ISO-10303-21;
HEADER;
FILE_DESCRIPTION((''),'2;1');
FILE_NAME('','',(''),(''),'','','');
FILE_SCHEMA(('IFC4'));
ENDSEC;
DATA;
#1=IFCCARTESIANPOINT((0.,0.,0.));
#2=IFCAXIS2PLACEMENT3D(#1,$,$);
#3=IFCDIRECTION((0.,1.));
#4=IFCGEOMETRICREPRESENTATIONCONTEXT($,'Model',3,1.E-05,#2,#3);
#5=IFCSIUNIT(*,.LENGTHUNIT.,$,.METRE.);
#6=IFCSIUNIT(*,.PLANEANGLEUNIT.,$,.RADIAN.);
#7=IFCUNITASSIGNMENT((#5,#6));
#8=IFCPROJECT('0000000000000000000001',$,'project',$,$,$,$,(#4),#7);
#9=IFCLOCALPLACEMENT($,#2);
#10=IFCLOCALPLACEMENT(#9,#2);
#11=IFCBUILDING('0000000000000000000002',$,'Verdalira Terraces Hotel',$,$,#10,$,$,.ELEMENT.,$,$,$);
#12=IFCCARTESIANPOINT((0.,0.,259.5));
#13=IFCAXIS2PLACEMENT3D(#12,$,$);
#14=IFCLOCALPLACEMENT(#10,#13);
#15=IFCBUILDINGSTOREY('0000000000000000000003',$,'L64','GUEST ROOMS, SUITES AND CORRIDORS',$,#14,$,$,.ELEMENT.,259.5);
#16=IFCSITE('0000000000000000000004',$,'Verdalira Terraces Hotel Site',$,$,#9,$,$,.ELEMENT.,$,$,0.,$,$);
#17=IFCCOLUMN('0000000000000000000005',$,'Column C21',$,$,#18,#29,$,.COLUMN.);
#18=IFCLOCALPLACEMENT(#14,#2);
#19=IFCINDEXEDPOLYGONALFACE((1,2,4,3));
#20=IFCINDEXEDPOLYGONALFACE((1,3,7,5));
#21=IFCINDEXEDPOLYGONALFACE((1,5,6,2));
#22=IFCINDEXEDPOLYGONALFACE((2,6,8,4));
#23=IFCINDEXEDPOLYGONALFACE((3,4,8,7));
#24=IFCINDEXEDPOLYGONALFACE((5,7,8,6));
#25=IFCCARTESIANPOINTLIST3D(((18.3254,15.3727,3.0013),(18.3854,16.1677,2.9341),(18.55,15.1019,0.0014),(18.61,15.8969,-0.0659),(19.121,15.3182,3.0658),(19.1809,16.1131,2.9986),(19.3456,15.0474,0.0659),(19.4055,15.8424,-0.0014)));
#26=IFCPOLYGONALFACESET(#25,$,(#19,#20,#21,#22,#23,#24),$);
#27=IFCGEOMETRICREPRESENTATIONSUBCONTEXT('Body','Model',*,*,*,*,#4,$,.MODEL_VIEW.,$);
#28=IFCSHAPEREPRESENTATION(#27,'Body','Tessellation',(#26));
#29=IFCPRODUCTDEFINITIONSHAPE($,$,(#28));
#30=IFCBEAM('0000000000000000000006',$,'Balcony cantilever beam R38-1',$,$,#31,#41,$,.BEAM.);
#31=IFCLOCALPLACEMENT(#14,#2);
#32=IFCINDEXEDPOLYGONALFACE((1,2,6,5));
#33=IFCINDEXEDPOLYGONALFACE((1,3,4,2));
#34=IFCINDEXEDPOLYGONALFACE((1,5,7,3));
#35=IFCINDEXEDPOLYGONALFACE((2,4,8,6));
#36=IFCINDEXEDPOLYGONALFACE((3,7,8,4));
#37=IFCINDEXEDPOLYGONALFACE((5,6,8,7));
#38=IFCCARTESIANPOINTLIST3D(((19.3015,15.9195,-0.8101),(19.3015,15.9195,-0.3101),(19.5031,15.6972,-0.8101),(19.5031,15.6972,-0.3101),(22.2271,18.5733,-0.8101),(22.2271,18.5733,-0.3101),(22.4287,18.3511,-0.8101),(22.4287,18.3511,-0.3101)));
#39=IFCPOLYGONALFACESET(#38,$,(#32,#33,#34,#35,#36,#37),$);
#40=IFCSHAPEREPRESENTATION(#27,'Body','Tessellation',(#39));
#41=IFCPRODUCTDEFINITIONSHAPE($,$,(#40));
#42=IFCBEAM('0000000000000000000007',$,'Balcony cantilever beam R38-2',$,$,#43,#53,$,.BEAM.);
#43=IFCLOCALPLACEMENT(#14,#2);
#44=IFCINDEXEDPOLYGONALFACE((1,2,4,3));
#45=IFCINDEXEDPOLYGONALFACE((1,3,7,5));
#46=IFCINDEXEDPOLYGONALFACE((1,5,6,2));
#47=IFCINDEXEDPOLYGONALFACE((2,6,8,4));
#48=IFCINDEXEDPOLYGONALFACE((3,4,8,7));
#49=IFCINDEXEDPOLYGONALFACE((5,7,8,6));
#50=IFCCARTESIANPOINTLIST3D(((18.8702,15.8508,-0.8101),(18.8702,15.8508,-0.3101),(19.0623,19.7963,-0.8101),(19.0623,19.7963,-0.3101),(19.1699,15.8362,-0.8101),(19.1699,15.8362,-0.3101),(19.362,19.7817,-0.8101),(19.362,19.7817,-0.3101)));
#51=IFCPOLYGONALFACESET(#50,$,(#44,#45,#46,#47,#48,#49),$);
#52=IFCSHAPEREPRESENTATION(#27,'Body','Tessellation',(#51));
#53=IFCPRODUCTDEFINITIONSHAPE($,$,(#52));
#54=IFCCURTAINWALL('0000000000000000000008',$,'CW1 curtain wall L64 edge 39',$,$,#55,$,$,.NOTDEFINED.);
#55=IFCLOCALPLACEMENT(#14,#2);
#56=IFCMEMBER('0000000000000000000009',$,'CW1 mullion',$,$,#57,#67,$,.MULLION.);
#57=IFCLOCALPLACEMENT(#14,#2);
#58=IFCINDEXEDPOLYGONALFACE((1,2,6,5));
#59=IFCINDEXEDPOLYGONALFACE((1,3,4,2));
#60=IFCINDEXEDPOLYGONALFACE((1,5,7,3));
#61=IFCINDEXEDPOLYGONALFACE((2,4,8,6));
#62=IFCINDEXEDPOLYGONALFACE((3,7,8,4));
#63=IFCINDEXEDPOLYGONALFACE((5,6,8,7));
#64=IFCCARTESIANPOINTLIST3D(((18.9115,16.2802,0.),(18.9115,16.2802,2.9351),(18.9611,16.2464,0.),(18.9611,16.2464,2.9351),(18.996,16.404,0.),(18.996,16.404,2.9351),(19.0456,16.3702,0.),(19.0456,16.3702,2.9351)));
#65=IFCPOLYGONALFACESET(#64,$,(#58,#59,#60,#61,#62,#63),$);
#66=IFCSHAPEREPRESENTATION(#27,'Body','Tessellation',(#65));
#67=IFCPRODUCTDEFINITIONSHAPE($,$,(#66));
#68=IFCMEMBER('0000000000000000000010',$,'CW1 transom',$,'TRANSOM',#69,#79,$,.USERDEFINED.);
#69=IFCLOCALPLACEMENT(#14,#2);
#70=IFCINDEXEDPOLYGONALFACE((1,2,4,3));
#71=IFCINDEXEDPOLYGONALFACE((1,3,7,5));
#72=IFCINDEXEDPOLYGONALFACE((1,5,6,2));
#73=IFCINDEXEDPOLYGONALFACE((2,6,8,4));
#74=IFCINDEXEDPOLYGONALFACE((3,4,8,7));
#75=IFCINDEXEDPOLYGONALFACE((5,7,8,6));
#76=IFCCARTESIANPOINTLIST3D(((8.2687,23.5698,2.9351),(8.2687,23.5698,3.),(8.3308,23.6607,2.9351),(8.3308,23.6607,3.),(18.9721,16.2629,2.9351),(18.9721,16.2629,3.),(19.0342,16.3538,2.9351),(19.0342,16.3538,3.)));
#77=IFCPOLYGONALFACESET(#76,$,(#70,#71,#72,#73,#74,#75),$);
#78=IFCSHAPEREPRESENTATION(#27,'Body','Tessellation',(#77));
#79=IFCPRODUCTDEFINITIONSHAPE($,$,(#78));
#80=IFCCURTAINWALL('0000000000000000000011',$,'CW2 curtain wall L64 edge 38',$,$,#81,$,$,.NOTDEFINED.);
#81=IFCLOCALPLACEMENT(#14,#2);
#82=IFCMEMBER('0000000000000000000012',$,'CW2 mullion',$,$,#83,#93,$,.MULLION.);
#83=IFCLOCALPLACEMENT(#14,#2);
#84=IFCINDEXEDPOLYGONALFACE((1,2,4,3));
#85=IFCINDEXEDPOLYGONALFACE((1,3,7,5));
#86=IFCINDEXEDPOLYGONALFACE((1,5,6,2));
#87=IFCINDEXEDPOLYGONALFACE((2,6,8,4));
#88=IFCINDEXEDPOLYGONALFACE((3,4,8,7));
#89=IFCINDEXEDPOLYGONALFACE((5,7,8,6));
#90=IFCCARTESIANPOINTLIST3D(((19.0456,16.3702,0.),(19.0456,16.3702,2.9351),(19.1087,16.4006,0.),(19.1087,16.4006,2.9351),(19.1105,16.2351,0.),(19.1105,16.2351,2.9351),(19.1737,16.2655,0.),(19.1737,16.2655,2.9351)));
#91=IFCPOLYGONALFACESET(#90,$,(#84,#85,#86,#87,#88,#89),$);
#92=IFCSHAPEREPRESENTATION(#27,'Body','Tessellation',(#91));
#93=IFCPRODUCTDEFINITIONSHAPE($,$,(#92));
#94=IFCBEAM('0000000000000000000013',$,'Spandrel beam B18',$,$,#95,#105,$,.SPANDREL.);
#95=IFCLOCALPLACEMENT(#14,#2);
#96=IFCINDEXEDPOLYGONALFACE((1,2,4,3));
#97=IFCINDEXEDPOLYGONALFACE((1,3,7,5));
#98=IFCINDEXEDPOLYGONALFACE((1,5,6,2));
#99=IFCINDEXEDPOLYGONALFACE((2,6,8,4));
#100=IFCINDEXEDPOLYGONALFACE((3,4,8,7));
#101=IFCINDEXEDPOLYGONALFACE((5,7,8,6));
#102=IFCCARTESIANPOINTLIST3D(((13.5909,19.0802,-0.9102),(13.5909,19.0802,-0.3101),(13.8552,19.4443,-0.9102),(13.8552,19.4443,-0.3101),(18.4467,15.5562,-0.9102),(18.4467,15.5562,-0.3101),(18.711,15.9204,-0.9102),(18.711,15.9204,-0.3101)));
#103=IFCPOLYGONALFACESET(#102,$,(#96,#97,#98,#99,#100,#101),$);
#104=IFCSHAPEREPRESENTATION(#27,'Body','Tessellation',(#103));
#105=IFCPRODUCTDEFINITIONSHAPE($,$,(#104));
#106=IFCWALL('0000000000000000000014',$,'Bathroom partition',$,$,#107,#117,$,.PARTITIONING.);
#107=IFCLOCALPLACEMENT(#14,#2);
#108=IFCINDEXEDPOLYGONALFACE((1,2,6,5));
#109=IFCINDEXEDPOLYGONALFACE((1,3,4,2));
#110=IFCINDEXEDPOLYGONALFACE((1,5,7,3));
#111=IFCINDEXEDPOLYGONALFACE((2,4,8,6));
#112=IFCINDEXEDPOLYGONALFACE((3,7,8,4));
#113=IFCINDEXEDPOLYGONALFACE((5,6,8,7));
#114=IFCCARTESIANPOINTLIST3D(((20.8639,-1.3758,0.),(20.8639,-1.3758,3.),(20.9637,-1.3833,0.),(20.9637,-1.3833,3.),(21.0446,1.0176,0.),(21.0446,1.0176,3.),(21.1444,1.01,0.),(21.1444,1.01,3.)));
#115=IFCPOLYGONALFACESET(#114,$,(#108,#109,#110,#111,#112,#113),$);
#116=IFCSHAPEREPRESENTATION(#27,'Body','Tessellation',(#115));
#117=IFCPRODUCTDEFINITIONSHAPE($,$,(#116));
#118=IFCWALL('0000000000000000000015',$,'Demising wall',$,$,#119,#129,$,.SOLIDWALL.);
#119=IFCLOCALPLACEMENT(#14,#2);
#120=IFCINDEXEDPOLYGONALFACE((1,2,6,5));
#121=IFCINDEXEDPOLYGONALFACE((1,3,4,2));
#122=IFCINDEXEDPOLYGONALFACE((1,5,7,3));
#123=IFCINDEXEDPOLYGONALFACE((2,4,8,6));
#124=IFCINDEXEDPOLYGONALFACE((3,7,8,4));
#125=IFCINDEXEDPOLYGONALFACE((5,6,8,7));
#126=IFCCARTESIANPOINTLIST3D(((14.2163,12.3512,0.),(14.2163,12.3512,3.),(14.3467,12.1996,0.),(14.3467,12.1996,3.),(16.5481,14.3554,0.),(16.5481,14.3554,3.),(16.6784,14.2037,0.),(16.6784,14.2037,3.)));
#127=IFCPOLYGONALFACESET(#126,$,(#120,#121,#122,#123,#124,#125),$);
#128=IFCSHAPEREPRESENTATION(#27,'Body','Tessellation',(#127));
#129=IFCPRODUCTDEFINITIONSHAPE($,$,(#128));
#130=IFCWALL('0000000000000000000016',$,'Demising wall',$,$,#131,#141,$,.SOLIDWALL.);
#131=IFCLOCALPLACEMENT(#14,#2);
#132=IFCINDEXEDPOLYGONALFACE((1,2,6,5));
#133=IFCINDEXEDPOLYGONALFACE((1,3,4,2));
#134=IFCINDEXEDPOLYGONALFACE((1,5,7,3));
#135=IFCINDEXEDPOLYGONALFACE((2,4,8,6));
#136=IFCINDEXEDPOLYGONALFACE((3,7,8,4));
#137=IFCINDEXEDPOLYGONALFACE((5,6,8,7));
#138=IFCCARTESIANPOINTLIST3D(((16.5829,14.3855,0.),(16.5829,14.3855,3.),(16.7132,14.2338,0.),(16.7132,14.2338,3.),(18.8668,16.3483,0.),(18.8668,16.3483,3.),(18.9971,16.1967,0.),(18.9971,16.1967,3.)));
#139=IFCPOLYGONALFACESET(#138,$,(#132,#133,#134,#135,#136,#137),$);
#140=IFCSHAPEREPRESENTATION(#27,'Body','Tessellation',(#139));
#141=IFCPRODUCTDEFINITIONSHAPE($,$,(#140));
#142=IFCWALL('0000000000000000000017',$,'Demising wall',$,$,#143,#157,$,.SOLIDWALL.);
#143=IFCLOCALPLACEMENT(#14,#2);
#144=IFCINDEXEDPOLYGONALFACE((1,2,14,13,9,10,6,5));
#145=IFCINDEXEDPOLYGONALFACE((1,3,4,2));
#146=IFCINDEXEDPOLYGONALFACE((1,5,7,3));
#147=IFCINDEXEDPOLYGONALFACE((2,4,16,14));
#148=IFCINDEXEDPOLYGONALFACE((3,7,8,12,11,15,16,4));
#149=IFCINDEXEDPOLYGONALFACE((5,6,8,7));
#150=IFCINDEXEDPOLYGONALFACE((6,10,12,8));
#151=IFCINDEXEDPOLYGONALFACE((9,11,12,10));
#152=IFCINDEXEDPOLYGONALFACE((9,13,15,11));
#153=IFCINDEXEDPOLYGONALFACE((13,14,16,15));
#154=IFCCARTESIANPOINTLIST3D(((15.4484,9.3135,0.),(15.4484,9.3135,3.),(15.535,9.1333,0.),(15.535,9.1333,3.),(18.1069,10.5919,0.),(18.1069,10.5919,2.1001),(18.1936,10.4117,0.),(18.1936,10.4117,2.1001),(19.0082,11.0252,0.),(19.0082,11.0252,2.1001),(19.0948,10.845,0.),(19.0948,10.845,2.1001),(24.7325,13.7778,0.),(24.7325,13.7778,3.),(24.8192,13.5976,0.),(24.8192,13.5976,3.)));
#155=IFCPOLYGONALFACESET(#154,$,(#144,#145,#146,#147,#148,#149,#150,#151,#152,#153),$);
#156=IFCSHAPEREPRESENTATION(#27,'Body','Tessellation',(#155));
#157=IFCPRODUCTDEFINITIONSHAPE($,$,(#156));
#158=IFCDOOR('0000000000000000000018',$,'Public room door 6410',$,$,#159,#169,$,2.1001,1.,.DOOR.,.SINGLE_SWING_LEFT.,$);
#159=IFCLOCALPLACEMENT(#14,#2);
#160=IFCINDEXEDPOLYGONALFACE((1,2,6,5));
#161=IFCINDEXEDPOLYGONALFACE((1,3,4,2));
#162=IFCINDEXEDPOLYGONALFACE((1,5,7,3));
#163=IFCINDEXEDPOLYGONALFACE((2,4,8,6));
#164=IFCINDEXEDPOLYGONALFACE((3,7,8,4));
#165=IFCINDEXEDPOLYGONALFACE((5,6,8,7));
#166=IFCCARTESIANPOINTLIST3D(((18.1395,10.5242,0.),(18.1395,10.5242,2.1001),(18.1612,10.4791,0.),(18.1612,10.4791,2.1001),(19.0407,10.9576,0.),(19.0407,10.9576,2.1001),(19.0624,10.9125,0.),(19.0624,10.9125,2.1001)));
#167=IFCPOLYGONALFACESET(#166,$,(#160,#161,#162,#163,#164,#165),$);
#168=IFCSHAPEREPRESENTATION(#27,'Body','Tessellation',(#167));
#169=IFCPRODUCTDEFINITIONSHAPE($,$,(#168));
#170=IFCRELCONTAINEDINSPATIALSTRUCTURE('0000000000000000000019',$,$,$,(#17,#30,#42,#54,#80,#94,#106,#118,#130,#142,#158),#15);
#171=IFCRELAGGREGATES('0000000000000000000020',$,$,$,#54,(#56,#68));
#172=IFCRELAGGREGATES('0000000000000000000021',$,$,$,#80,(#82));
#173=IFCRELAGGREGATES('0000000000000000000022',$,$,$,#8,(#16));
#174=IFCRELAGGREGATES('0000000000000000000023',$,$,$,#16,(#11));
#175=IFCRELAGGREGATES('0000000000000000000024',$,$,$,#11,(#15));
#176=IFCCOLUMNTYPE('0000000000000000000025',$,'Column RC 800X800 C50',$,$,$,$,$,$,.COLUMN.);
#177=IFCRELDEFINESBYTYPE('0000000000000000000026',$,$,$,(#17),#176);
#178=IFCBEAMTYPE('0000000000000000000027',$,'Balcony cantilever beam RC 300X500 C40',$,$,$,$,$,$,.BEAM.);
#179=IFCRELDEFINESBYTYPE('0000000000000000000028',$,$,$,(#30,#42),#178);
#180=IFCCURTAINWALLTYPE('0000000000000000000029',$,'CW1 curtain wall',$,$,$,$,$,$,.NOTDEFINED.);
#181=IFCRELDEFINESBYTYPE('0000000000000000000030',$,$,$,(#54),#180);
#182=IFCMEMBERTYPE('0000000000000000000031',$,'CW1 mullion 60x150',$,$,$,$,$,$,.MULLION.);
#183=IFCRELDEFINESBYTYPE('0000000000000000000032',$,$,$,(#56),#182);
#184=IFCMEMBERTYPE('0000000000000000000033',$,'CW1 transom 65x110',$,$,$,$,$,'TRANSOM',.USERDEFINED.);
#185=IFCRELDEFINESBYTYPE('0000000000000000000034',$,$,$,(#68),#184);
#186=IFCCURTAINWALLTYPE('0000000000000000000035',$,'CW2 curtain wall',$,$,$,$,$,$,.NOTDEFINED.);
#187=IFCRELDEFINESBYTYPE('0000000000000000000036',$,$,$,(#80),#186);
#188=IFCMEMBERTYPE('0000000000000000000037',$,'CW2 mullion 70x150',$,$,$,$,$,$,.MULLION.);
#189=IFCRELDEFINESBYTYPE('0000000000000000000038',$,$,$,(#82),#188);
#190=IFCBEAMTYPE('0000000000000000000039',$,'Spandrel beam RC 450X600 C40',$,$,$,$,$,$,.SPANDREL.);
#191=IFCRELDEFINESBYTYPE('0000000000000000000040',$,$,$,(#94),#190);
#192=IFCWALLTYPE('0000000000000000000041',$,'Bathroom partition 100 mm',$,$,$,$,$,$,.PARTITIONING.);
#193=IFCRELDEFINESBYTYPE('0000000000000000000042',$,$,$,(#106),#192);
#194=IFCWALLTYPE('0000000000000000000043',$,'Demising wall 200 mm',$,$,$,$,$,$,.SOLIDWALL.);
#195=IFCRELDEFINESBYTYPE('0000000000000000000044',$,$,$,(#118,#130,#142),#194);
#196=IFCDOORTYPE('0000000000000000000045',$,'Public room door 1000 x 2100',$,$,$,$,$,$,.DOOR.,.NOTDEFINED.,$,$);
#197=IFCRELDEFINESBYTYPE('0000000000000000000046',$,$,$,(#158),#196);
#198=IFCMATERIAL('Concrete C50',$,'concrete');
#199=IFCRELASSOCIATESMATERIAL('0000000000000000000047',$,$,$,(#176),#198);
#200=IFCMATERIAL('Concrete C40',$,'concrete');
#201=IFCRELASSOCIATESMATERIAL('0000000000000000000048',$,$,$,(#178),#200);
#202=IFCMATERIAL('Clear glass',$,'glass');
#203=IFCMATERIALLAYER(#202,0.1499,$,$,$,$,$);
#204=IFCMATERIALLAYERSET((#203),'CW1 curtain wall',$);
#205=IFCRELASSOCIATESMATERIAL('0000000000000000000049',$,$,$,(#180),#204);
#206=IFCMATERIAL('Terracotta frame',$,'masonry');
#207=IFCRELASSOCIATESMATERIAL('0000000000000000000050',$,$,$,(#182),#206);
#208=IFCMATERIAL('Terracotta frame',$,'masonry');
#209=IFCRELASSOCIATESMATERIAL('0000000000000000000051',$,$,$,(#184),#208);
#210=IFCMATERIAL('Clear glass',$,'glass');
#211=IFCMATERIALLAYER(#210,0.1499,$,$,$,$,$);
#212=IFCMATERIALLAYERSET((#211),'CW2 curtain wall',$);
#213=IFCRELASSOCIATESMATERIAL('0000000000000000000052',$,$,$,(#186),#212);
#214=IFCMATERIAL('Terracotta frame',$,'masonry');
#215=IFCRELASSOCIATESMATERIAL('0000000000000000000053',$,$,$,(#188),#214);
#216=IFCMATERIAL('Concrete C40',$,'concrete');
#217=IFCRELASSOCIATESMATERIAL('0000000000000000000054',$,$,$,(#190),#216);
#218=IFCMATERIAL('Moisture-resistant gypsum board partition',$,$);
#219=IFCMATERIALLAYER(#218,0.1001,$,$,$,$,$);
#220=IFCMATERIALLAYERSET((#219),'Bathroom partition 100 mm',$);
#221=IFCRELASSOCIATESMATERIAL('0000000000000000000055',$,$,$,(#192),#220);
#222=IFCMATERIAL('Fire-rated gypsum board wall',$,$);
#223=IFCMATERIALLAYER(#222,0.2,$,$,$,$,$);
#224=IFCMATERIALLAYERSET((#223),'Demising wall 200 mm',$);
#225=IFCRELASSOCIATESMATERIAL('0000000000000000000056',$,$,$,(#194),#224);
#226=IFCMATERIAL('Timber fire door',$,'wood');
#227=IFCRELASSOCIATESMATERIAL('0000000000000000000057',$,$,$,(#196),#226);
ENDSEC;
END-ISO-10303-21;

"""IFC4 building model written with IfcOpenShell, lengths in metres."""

from ifc_helpers import new_model, si_unit, direction, frame, frame_2d, origin, origin_2d, place, context, subcontext, project, spatial, rectangle, extrude, material, layer, layer_set, material_profile, profile_set, type_object, element, fill, aggregate, save


model = new_model("IFC4")

# Units and contexts
model_context = context("Model", 3, precision=1e-05, world=origin(), true_north=direction((0.0, 1.0)))
body_context = subcontext(model_context, "Body", "Model", "MODEL_VIEW")
ifc_project = project(units=[si_unit("LENGTHUNIT", "METRE"), si_unit("PLANEANGLEUNIT", "RADIAN")], contexts=[model_context])

# Site, building, storey
site_placement = place(None, origin())
site = spatial("IfcSite", under=ifc_project, at=site_placement, Name="Verdalira Terraces Hotel Site", CompositionType="ELEMENT", RefElevation=0.0)
building_placement = place(site_placement, origin())
building = spatial("IfcBuilding", under=site, at=building_placement, Name="Verdalira Terraces Hotel", CompositionType="ELEMENT")
storey_placement = place(building_placement, frame((0.0, 0.0, 259.5)))
storey = spatial("IfcBuildingStorey", under=building, at=storey_placement, Name="L64", Description="GUEST ROOMS, SUITES AND CORRIDORS", CompositionType="ELEMENT", Elevation=259.5)

# Column
ifc_material_1 = material(Name="Concrete C50", Category="concrete")
ifc_material_profile_1 = material_profile(ifc_material_1, rectangle(XDim=0.8, YDim=0.8, at=origin_2d()), Name="RC 800X800")
ifc_profile_set_1 = profile_set([ifc_material_profile_1], Name="Concrete C50")
column_type = type_object("IfcColumnType", Name="Column RC 800X800 C50", PredefinedType="COLUMN", material=ifc_profile_set_1)
column_placement = place(storey_placement, frame((18.9778, 15.4722, 0.0), z_axis=(-0.07436, 0.089636, 0.993195), x_axis=(0.994414, -0.068151, 0.080602)))
element("IfcColumn", 1, at=column_placement, inside=storey, type_object=column_type, Name="Column C21", PredefinedType="COLUMN", context=body_context, shape_type="SweptSolid", body=[
    extrude(rectangle(XDim=0.8, YDim=0.8, at=origin_2d()), origin(), (0.0, 0.0, 1.0), 3.0205),
])

# Beams
ifc_material_2 = material(Name="Concrete C40", Category="concrete")
ifc_material_profile_2 = material_profile(ifc_material_2, rectangle(XDim=0.3, YDim=0.5, at=origin_2d()), Name="RC 300X500")
ifc_profile_set_2 = profile_set([ifc_material_profile_2], Name="Concrete C40")
beam_type_1 = type_object("IfcBeamType", Name="Balcony cantilever beam RC 300X500 C40", PredefinedType="BEAM", material=ifc_profile_set_2)
beam_1_placement = place(storey_placement, frame((19.4023, 15.8084, -0.5601), z_axis=(0.740667, 0.671873, 0.0), x_axis=(-0.671873, 0.740667, 0.0)))
element("IfcBeam", 2, at=beam_1_placement, inside=storey, type_object=beam_type_1, Name="Balcony cantilever beam R38-1", PredefinedType="BEAM", context=body_context, shape_type="SweptSolid", body=[
    extrude(rectangle(XDim=0.3, YDim=0.5, at=origin_2d()), origin(), (0.0, 0.0, 1.0), 3.95),
])
beam_2_placement = place(storey_placement, frame((19.02, 15.8435, -0.5601), z_axis=(0.04864, 0.998816, 0.0), x_axis=(-0.998816, 0.04864, 0.0)))
element("IfcBeam", 3, at=beam_2_placement, inside=storey, type_object=beam_type_1, Name="Balcony cantilever beam R38-2", PredefinedType="BEAM", context=body_context, shape_type="SweptSolid", body=[
    extrude(rectangle(XDim=0.3, YDim=0.5, at=origin_2d()), origin(), (0.0, 0.0, 1.0), 3.9502),
])

# Curtain wall, members
ifc_material_3 = material(Name="Clear glass", Category="glass")
ifc_layer_1 = layer(ifc_material_3, 0.1499)
ifc_layer_set_1 = layer_set([ifc_layer_1], Name="CW1 curtain wall")
curtain_wall_type_1 = type_object("IfcCurtainWallType", Name="CW1 curtain wall", PredefinedType="NOTDEFINED", material=ifc_layer_set_1)
curtain_wall_1_placement = place(storey_placement, origin())
curtain_wall_1 = element("IfcCurtainWall", 4, at=curtain_wall_1_placement, inside=storey, type_object=curtain_wall_type_1, Name="CW1 curtain wall L64 edge 39", PredefinedType="NOTDEFINED")
ifc_material_4 = material(Name="Terracotta frame", Category="masonry")
ifc_material_profile_3 = material_profile(ifc_material_4, rectangle(XDim=0.0601, YDim=0.1499, at=origin_2d()), Name="MU 60x150")
ifc_profile_set_3 = profile_set([ifc_material_profile_3], Name="Terracotta frame")
member_type_1 = type_object("IfcMemberType", Name="CW1 mullion 60x150", PredefinedType="MULLION", material=ifc_profile_set_3)
member_1_placement = place(storey_placement, frame((18.9785, 16.3252, 0.0), z_axis=(0.0, 0.0, 1.0), x_axis=(-0.825902, 0.563814, 0.0)))
member_1 = element("IfcMember", 5, at=member_1_placement, type_object=member_type_1, Name="CW1 mullion", PredefinedType="MULLION", context=body_context, shape_type="SweptSolid", body=[
    extrude(rectangle(XDim=0.0601, YDim=0.1499, at=origin_2d()), origin(), (0.0, 0.0, 1.0), 2.9351),
])
ifc_material_5 = material(Name="Terracotta frame", Category="masonry")
ifc_material_profile_4 = material_profile(ifc_material_5, rectangle(XDim=0.1101, YDim=0.0649, at=origin_2d()), Name="TR 65x110")
ifc_profile_set_4 = profile_set([ifc_material_profile_4], Name="Terracotta frame")
member_type_2 = type_object("IfcMemberType", Name="CW1 transom 65x110", ElementType="TRANSOM", PredefinedType="USERDEFINED", material=ifc_profile_set_4)
member_2_placement = place(storey_placement, frame((19.0032, 16.3084, 2.9675), z_axis=(-0.825899, 0.563818, 0.0), x_axis=(-0.563818, -0.825899, 0.0)))
member_2 = element("IfcMember", 6, at=member_2_placement, type_object=member_type_2, Name="CW1 transom", ObjectType="TRANSOM", PredefinedType="USERDEFINED", context=body_context, shape_type="SweptSolid", body=[
    extrude(rectangle(XDim=0.1101, YDim=0.0649, at=origin_2d()), origin(), (0.0, 0.0, 1.0), 12.9597),
])
aggregate(curtain_wall_1, [member_1, member_2])

# Curtain wall, member
ifc_material_6 = material(Name="Clear glass", Category="glass")
ifc_layer_2 = layer(ifc_material_6, 0.1499)
ifc_layer_set_2 = layer_set([ifc_layer_2], Name="CW2 curtain wall")
curtain_wall_type_2 = type_object("IfcCurtainWallType", Name="CW2 curtain wall", PredefinedType="NOTDEFINED", material=ifc_layer_set_2)
curtain_wall_2_placement = place(storey_placement, origin())
curtain_wall_2 = element("IfcCurtainWall", 7, at=curtain_wall_2_placement, inside=storey, type_object=curtain_wall_type_2, Name="CW2 curtain wall L64 edge 38", PredefinedType="NOTDEFINED")
ifc_material_7 = material(Name="Terracotta frame", Category="masonry")
ifc_material_profile_5 = material_profile(ifc_material_7, rectangle(XDim=0.0701, YDim=0.1499, at=origin_2d()), Name="MU 70x150")
ifc_profile_set_5 = profile_set([ifc_material_profile_5], Name="Terracotta frame")
member_type_3 = type_object("IfcMemberType", Name="CW2 mullion 70x150", PredefinedType="MULLION", material=ifc_profile_set_5)
member_3_placement = place(storey_placement, frame((19.1096, 16.3179, 0.0), z_axis=(0.0, 0.0, 1.0), x_axis=(-0.901228, -0.433345, 0.0)))
member_3 = element("IfcMember", 8, at=member_3_placement, type_object=member_type_3, Name="CW2 mullion", PredefinedType="MULLION", context=body_context, shape_type="SweptSolid", body=[
    extrude(rectangle(XDim=0.0701, YDim=0.1499, at=origin_2d()), origin(), (0.0, 0.0, 1.0), 2.9351),
])
aggregate(curtain_wall_2, [member_3])

# Beam
ifc_material_8 = material(Name="Concrete C40", Category="concrete")
ifc_material_profile_6 = material_profile(ifc_material_8, rectangle(XDim=0.45, YDim=0.6001, at=origin_2d()), Name="RC 450X600")
ifc_profile_set_6 = profile_set([ifc_material_profile_6], Name="Concrete C40")
beam_type_2 = type_object("IfcBeamType", Name="Spandrel beam RC 450X600 C40", PredefinedType="SPANDREL", material=ifc_profile_set_6)
beam_3_placement = place(storey_placement, frame((18.5789, 15.7383, -0.6101), z_axis=(-0.80933, 0.587354, 0.0), x_axis=(-0.587354, -0.80933, 0.0)))
element("IfcBeam", 9, at=beam_3_placement, inside=storey, type_object=beam_type_2, Name="Spandrel beam B18", PredefinedType="SPANDREL", context=body_context, shape_type="SweptSolid", body=[
    extrude(rectangle(XDim=0.45, YDim=0.6001, at=origin_2d()), origin(), (0.0, 0.0, 1.0), 5.9998),
])

# Walls
ifc_material_9 = material(Name="Moisture-resistant gypsum board partition")
ifc_layer_3 = layer(ifc_material_9, 0.1001)
ifc_layer_set_3 = layer_set([ifc_layer_3], Name="Bathroom partition 100 mm")
wall_type_1 = type_object("IfcWallType", Name="Bathroom partition 100 mm", PredefinedType="PARTITIONING", material=ifc_layer_set_3)
wall_1_placement = place(storey_placement, frame((21.0945, 1.0139, 0.0), z_axis=(0.0, 0.0, 1.0), x_axis=(-0.075273, -0.997163, 0.0)))
element("IfcWall", 10, at=wall_1_placement, inside=storey, type_object=wall_type_1, Name="Bathroom partition", PredefinedType="PARTITIONING", context=body_context, shape_type="SweptSolid", body=[
    extrude(rectangle(XDim=2.4001, YDim=0.1001, at=frame_2d((1.2002, 0.0))), origin(), (0.0, 0.0, 1.0), 3.0),
])
ifc_material_10 = material(Name="Fire-rated gypsum board wall")
ifc_layer_4 = layer(ifc_material_10, 0.2)
ifc_layer_set_4 = layer_set([ifc_layer_4], Name="Demising wall 200 mm")
wall_type_2 = type_object("IfcWallType", Name="Demising wall 200 mm", PredefinedType="SOLIDWALL", material=ifc_layer_set_4)
wall_2_placement = place(storey_placement, frame((14.2815, 12.2754, 0.0), z_axis=(0.0, 0.0, 1.0), x_axis=(0.758376, 0.651817, 0.0)))
element("IfcWall", 11, at=wall_2_placement, inside=storey, type_object=wall_type_2, Name="Demising wall", PredefinedType="SOLIDWALL", context=body_context, shape_type="SweptSolid", body=[
    extrude(rectangle(XDim=3.0747, YDim=0.2, at=frame_2d((1.5374, 0.0))), origin(), (0.0, 0.0, 1.0), 3.0),
])
wall_3_placement = place(storey_placement, frame((16.6479, 14.3096, 0.0), z_axis=(0.0, 0.0, 1.0), x_axis=(0.758398, 0.651792, 0.0)))
element("IfcWall", 12, at=wall_3_placement, inside=storey, type_object=wall_type_2, Name="Demising wall", PredefinedType="SOLIDWALL", context=body_context, shape_type="SweptSolid", body=[
    extrude(rectangle(XDim=3.0115, YDim=0.2, at=frame_2d((1.5059, 0.0))), origin(), (0.0, 0.0, 1.0), 3.0),
])

# Wall, opening, door
wall_4_placement = place(storey_placement, frame((15.4917, 9.2234, 0.0), z_axis=(0.0, 0.0, 1.0), x_axis=(0.901222, 0.433358, 0.0)))
wall_4 = element("IfcWall", 13, at=wall_4_placement, inside=storey, type_object=wall_type_2, Name="Demising wall", PredefinedType="SOLIDWALL", context=body_context, shape_type="SweptSolid", body=[
    extrude(rectangle(XDim=10.3018, YDim=0.2, at=frame_2d((5.1509, 0.0))), origin(), (0.0, 0.0, 1.0), 3.0),
])
opening_1_placement = place(wall_4_placement, frame((2.95, 0.0, 0.0)))
opening_1 = element("IfcOpeningElement", 14, at=opening_1_placement, cuts=wall_4, PredefinedType="OPENING", context=body_context, shape_type="SweptSolid", body=[
    extrude(rectangle(XDim=1.0, YDim=2.1001, at=frame_2d((0.5, 1.05))), frame((0.0, 0.1099, 0.0), z_axis=(0.0, -1.0, 0.0), x_axis=(1.0, 0.0, 0.0)), (0.0, 0.0, 1.0), 0.22),
])
ifc_material_11 = material(Name="Timber fire door", Category="wood")
door_type_1 = type_object("IfcDoorType", Name="Public room door 1000 x 2100", OperationType="NOTDEFINED", PredefinedType="DOOR", material=ifc_material_11)
door_1_placement = place(opening_1_placement, origin())
door_1 = element("IfcDoor", 15, at=door_1_placement, inside=storey, type_object=door_type_1, Name="Public room door 6410", OperationType="SINGLE_SWING_LEFT", OverallHeight=2.1001, OverallWidth=1.0, PredefinedType="DOOR", context=body_context, shape_type="SweptSolid", body=[
    extrude(rectangle(XDim=1.0, YDim=2.1001, at=frame_2d((0.5, 1.05))), frame((0.0, 0.0249, 0.0), z_axis=(0.0, -1.0, 0.0), x_axis=(1.0, 0.0, 0.0)), (0.0, 0.0, 1.0), 0.05),
])
fill(opening_1, door_1)

save(model, "model.ifc")
